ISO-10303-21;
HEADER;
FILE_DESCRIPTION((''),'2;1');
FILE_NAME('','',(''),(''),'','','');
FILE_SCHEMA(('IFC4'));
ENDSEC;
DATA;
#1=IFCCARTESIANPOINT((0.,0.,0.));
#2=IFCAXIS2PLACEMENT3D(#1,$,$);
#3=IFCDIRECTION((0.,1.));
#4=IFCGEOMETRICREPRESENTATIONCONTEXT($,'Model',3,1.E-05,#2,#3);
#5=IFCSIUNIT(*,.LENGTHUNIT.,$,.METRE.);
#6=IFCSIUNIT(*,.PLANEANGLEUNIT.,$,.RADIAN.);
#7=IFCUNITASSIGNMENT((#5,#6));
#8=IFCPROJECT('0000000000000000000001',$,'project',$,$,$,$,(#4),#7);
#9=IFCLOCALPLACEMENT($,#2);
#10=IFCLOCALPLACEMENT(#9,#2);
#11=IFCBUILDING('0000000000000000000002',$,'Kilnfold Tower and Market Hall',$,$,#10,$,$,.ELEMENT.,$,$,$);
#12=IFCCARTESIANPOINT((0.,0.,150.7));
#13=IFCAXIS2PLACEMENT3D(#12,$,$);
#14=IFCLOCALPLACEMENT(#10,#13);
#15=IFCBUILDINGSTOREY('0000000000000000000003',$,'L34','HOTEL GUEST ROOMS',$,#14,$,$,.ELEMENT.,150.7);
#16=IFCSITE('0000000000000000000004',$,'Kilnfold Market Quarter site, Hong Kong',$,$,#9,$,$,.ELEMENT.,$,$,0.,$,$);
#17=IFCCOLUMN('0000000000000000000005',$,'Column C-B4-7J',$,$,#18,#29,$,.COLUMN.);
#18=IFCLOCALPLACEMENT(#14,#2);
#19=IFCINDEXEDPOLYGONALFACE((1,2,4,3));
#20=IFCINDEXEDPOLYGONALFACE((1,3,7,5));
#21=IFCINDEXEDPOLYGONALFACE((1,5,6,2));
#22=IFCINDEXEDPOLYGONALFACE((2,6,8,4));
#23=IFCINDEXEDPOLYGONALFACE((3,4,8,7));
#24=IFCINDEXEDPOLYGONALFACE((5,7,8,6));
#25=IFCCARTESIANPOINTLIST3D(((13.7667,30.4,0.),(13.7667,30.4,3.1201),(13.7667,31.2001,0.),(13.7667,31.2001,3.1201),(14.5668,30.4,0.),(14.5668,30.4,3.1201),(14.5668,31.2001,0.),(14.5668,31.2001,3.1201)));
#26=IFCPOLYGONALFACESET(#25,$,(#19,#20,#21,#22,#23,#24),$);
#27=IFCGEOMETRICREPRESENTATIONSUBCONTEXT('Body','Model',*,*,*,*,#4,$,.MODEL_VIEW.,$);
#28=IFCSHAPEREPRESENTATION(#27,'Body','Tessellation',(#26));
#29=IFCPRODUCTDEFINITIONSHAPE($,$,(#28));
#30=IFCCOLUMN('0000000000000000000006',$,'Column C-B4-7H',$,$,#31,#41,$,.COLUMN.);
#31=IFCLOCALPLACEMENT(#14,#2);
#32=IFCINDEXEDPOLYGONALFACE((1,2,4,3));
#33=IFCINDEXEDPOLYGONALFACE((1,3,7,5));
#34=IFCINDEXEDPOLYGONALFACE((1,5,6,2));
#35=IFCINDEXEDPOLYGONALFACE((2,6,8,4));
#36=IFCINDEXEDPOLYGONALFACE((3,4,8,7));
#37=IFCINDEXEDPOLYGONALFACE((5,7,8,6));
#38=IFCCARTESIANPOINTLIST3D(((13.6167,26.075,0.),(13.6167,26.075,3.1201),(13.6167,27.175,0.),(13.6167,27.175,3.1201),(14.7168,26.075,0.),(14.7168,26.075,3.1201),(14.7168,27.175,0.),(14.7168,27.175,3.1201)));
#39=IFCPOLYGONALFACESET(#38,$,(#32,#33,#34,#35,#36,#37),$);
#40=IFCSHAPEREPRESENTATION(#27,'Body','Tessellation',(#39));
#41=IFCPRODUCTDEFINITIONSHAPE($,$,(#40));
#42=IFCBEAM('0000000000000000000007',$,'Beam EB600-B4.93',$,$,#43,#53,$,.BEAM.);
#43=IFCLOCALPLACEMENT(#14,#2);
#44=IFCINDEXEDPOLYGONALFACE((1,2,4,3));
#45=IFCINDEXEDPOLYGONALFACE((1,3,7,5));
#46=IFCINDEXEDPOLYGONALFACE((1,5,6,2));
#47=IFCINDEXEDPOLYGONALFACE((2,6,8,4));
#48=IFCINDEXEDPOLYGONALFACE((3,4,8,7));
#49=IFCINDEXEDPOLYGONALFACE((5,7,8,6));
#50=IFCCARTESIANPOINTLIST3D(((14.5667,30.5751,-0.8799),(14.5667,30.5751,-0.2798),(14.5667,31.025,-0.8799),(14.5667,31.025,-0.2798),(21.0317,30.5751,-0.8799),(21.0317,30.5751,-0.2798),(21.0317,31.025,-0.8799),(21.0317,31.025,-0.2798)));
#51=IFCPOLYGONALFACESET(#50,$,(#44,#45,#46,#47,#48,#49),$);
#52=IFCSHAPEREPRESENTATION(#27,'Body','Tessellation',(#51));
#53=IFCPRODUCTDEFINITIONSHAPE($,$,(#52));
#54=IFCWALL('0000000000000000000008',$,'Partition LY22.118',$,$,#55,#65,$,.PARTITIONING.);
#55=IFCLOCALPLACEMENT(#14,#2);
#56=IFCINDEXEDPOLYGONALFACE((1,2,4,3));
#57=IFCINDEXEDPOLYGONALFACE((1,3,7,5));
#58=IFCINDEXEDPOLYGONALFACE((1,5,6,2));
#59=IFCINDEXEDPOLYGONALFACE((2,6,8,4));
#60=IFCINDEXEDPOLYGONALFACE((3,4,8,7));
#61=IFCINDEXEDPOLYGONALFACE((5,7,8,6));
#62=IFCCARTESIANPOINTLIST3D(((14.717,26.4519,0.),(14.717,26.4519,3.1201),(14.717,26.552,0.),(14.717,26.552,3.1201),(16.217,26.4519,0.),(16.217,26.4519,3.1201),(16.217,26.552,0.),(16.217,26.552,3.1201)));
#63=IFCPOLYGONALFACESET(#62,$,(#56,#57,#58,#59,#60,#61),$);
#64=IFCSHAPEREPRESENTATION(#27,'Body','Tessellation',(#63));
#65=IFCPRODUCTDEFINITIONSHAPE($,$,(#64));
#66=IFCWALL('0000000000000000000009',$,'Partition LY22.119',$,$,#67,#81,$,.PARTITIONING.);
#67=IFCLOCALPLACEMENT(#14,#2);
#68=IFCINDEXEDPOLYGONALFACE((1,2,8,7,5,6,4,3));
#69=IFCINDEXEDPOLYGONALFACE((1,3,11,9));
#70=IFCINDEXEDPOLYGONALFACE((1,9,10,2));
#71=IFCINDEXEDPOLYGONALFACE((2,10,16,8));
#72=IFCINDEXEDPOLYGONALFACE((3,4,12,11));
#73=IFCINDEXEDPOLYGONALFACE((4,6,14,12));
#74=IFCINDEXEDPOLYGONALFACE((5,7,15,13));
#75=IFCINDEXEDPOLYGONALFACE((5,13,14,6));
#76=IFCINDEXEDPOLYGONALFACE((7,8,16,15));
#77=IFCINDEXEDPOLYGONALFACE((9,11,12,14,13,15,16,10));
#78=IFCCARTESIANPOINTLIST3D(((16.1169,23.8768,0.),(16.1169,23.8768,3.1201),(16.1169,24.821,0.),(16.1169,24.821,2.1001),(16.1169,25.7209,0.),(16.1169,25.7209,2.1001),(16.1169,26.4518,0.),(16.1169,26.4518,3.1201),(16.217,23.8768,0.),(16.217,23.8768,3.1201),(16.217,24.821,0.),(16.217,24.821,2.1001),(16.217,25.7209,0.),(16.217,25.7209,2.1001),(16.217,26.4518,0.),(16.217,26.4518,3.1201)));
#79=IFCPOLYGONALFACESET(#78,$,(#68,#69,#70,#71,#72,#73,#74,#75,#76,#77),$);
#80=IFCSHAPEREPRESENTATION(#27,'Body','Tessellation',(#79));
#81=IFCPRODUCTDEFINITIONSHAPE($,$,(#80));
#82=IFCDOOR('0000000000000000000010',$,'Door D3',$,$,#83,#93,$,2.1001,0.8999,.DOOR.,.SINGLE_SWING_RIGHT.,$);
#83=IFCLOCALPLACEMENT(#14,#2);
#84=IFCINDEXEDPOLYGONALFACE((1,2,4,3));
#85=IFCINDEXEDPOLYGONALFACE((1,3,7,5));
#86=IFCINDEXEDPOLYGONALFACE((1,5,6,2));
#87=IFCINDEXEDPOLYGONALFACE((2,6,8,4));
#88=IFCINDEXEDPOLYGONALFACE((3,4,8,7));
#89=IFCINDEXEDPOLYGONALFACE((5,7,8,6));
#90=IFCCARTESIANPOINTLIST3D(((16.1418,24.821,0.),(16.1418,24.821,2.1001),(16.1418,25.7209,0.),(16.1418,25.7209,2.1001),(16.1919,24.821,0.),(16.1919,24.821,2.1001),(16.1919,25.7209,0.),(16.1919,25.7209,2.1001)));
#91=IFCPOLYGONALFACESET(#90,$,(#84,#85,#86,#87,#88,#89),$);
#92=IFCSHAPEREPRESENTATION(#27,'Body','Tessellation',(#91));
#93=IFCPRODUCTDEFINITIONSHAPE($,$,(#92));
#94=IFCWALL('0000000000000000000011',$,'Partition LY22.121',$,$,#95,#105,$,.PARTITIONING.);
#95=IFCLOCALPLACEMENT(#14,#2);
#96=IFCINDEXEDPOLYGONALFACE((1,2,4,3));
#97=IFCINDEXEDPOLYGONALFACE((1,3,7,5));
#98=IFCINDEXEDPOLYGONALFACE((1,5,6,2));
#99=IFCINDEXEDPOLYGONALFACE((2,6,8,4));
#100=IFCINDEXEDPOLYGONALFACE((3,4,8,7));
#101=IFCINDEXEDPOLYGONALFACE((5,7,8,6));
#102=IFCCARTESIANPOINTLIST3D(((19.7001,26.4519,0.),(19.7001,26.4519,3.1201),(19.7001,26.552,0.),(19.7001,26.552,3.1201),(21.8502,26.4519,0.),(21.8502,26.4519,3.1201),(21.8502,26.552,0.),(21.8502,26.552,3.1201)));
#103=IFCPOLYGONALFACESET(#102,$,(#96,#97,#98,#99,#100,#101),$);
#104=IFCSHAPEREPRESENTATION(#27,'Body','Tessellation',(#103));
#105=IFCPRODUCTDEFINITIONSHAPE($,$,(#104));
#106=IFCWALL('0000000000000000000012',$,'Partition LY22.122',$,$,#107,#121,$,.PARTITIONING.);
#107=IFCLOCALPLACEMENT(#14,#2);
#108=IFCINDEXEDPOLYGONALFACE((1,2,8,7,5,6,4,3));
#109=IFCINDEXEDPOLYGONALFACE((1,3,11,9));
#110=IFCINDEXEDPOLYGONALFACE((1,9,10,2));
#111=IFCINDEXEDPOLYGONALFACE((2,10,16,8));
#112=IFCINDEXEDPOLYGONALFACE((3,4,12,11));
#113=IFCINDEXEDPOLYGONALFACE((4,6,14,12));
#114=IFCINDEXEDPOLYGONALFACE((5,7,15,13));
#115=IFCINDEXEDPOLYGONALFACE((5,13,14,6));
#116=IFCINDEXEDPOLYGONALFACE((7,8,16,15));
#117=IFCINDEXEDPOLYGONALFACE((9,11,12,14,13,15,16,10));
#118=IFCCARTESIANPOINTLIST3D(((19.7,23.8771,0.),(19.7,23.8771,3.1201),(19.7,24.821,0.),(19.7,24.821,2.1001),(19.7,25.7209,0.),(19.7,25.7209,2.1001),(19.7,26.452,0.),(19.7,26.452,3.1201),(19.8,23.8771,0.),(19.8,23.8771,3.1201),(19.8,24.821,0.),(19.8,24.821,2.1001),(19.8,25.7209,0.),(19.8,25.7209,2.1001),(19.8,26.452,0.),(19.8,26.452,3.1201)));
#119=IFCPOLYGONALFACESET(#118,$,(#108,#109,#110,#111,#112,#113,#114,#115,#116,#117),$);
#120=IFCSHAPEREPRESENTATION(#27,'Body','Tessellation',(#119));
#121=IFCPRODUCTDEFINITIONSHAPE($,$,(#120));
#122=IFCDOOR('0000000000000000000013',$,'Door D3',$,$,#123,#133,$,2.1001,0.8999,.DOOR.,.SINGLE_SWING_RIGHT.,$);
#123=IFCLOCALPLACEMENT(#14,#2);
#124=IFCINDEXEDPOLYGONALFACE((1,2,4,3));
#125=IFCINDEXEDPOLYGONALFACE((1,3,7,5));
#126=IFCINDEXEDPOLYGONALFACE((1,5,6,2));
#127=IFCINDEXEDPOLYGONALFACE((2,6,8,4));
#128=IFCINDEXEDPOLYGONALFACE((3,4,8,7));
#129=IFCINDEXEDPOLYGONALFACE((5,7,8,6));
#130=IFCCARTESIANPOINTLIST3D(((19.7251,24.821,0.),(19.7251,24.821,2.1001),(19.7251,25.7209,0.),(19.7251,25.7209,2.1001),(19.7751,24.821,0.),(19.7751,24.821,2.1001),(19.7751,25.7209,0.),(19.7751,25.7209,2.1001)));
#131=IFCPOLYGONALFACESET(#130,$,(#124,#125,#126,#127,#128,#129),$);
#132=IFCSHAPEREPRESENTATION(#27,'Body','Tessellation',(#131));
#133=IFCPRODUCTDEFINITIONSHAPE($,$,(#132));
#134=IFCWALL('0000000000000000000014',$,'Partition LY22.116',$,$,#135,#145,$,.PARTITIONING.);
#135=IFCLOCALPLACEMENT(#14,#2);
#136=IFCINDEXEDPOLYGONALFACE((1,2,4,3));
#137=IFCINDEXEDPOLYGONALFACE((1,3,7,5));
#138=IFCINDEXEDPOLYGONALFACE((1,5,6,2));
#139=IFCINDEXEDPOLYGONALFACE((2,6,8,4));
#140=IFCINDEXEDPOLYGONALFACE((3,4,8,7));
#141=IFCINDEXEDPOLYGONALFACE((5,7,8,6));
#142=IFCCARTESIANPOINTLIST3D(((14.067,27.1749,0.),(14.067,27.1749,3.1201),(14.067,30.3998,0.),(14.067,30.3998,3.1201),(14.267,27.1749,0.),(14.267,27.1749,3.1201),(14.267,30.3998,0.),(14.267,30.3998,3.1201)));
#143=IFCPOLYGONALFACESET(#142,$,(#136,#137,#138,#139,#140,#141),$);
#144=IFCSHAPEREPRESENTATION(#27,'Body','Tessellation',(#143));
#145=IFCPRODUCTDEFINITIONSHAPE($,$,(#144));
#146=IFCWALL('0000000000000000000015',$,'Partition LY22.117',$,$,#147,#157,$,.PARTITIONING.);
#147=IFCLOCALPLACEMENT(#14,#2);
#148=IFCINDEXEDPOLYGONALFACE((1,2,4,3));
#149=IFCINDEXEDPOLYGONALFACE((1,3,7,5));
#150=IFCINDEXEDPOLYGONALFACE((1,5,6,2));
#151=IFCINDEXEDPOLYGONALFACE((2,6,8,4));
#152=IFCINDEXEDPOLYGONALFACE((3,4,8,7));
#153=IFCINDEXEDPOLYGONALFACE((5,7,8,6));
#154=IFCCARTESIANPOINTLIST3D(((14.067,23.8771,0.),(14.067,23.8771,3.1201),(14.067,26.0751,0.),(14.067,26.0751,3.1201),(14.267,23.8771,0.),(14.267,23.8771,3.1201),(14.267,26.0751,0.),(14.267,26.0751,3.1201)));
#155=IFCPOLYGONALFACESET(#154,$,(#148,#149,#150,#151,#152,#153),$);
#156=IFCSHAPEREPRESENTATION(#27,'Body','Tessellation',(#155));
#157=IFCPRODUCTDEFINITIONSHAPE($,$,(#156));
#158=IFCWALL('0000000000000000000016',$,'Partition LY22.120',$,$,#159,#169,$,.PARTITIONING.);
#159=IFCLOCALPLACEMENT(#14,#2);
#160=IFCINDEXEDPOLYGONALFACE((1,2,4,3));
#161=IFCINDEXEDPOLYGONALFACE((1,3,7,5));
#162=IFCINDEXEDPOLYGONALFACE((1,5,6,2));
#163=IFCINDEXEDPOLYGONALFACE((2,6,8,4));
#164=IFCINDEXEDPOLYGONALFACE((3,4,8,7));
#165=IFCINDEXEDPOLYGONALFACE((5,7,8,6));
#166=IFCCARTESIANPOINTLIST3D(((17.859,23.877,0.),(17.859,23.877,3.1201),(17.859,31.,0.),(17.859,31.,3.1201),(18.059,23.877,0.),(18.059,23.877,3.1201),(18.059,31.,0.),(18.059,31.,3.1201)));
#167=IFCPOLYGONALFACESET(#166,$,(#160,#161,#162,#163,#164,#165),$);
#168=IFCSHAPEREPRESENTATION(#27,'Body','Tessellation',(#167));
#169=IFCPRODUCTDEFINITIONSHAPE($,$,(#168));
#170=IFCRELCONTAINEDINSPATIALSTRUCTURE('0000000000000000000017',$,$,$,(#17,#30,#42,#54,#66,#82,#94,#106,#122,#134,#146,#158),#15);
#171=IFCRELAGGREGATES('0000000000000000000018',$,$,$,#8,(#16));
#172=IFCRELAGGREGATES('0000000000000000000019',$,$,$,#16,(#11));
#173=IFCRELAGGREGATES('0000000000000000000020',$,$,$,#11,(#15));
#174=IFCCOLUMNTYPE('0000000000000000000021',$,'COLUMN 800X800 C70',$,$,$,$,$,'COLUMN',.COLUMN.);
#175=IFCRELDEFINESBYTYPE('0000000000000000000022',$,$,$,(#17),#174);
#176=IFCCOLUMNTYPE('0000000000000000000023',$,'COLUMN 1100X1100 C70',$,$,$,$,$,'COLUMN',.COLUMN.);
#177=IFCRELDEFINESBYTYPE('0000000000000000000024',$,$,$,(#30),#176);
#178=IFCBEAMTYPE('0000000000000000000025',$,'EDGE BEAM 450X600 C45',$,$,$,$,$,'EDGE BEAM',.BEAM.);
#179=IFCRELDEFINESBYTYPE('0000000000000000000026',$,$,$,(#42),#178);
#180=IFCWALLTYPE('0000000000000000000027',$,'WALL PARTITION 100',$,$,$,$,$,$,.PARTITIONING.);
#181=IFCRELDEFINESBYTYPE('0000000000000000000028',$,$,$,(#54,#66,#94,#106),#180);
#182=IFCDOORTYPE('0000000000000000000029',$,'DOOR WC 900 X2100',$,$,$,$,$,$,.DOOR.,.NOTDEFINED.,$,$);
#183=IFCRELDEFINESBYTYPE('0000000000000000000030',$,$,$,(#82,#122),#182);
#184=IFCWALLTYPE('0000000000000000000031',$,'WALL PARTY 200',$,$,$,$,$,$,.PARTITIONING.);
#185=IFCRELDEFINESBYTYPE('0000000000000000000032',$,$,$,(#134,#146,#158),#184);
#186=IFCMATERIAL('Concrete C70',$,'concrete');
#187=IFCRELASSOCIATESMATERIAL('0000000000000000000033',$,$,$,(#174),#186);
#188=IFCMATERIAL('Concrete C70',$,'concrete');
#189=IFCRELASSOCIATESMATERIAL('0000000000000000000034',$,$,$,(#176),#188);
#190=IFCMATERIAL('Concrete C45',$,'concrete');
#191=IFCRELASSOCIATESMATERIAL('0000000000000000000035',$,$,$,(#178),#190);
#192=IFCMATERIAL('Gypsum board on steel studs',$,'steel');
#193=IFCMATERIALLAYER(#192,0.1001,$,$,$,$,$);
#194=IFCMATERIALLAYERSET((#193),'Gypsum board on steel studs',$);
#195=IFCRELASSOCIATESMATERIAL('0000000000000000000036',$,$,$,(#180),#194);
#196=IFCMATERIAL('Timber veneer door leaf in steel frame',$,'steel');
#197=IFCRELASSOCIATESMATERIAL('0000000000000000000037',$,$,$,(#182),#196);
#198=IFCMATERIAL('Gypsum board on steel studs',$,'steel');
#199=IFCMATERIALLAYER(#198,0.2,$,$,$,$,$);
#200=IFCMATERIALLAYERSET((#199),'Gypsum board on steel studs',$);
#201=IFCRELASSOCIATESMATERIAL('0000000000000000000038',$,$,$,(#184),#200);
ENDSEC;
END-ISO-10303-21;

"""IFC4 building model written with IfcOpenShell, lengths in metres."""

from ifc_helpers import new_model, si_unit, direction, frame, frame_2d, origin, origin_2d, place, context, subcontext, project, spatial, rectangle, extrude, source, transform, mapped, material, layer, layer_set, material_profile, profile_set, type_object, element, fill, save


model = new_model("IFC4")

# Units and contexts
model_context = context("Model", 3, precision=1e-05, world=origin(), true_north=direction((0.0, 1.0)))
body_context = subcontext(model_context, "Body", "Model", "MODEL_VIEW")
ifc_project = project(units=[si_unit("LENGTHUNIT", "METRE"), si_unit("PLANEANGLEUNIT", "RADIAN")], contexts=[model_context])

# Site, building, storey
site_placement = place(None, origin())
site = spatial("IfcSite", under=ifc_project, at=site_placement, Name="Kilnfold Market Quarter site, Hong Kong", CompositionType="ELEMENT", RefElevation=0.0)
building_placement = place(site_placement, origin())
building = spatial("IfcBuilding", under=site, at=building_placement, Name="Kilnfold Tower and Market Hall", CompositionType="ELEMENT")
storey_placement = place(building_placement, frame((0.0, 0.0, 150.7)))
storey = spatial("IfcBuildingStorey", under=building, at=storey_placement, Name="L34", Description="HOTEL GUEST ROOMS", CompositionType="ELEMENT", Elevation=150.7)

# Columns
ifc_material_1 = material(Name="Concrete C70", Category="concrete")
ifc_material_profile_1 = material_profile(ifc_material_1, rectangle(XDim=0.8, YDim=0.8, at=origin_2d()), Name="RC 800x800")
ifc_profile_set_1 = profile_set([ifc_material_profile_1], Name="Concrete C70")
column_type_1 = type_object("IfcColumnType", Name="COLUMN 800X800 C70", ElementType="COLUMN", PredefinedType="COLUMN", material=ifc_profile_set_1)
shared_shape_1 = source(origin(), body_context, "Body", "SweptSolid", [
    extrude(rectangle(XDim=0.8, YDim=0.8, at=origin_2d()), origin(), (0.0, 0.0, 1.0), 3.1201),
])
column_1_placement = place(storey_placement, frame((14.1667, 30.8, 0.0), z_axis=(0.0, 0.0, 1.0), x_axis=(1.0, 0.0, 0.0)))
element("IfcColumn", 1, at=column_1_placement, inside=storey, type_object=column_type_1, Name="Column C-B4-7J", PredefinedType="COLUMN", context=body_context, shape_type="MappedRepresentation", body=[
    mapped(shared_shape_1, transform((0.0, 0.0, 0.0))),
])
ifc_material_2 = material(Name="Concrete C70", Category="concrete")
ifc_material_profile_2 = material_profile(ifc_material_2, rectangle(XDim=1.1001, YDim=1.1001, at=origin_2d()), Name="RC 1100x1100")
ifc_profile_set_2 = profile_set([ifc_material_profile_2], Name="Concrete C70")
column_type_2 = type_object("IfcColumnType", Name="COLUMN 1100X1100 C70", ElementType="COLUMN", PredefinedType="COLUMN", material=ifc_profile_set_2)
shared_shape_2 = source(origin(), body_context, "Body", "SweptSolid", [
    extrude(rectangle(XDim=1.1001, YDim=1.1001, at=origin_2d()), origin(), (0.0, 0.0, 1.0), 3.1201),
])
column_2_placement = place(storey_placement, frame((14.1667, 26.625, 0.0), z_axis=(0.0, 0.0, 1.0), x_axis=(1.0, 0.0, 0.0)))
element("IfcColumn", 2, at=column_2_placement, inside=storey, type_object=column_type_2, Name="Column C-B4-7H", PredefinedType="COLUMN", context=body_context, shape_type="MappedRepresentation", body=[
    mapped(shared_shape_2, transform((0.0, 0.0, 0.0))),
])

# Beam
ifc_material_3 = material(Name="Concrete C45", Category="concrete")
ifc_material_profile_3 = material_profile(ifc_material_3, rectangle(XDim=0.45, YDim=0.6001, at=origin_2d()), Name="RC 450x600")
ifc_profile_set_3 = profile_set([ifc_material_profile_3], Name="Concrete C45")
beam_type = type_object("IfcBeamType", Name="EDGE BEAM 450X600 C45", ElementType="EDGE BEAM", PredefinedType="BEAM", material=ifc_profile_set_3)
shared_shape_3 = source(origin(), body_context, "Body", "SweptSolid", [
    extrude(rectangle(XDim=0.45, YDim=0.6001, at=origin_2d()), origin(), (0.0, 0.0, 1.0), 6.4651),
])
beam_placement = place(storey_placement, frame((14.5667, 30.8, -0.5798), z_axis=(1.0, 0.0, 0.0), x_axis=(0.0, 1.0, 0.0)))
element("IfcBeam", 3, at=beam_placement, inside=storey, type_object=beam_type, Name="Beam EB600-B4.93", PredefinedType="BEAM", context=body_context, shape_type="MappedRepresentation", body=[
    mapped(shared_shape_3, transform((0.0, 0.0, 0.0))),
])

# Wall
ifc_material_4 = material(Name="Gypsum board on steel studs", Category="steel")
ifc_layer_1 = layer(ifc_material_4, 0.1001)
ifc_layer_set_1 = layer_set([ifc_layer_1], Name="Gypsum board on steel studs")
wall_type_1 = type_object("IfcWallType", Name="WALL PARTITION 100", PredefinedType="PARTITIONING", material=ifc_layer_set_1)
wall_1_placement = place(storey_placement, frame((14.717, 26.502, 0.0), z_axis=(0.0, 0.0, 1.0), x_axis=(1.0, 0.0, 0.0)))
element("IfcWall", 4, at=wall_1_placement, inside=storey, type_object=wall_type_1, Name="Partition LY22.118", PredefinedType="PARTITIONING", context=body_context, shape_type="SweptSolid", body=[
    extrude(rectangle(XDim=1.5, YDim=0.1001, at=frame_2d((0.75, 0.0))), origin(), (0.0, 0.0, 1.0), 3.1201),
])

# Wall, opening, door
wall_2_placement = place(storey_placement, frame((16.167, 26.4519, 0.0), z_axis=(0.0, 0.0, 1.0), x_axis=(0.0, -1.0, 0.0)))
wall_2 = element("IfcWall", 5, at=wall_2_placement, inside=storey, type_object=wall_type_1, Name="Partition LY22.119", PredefinedType="PARTITIONING", context=body_context, shape_type="SweptSolid", body=[
    extrude(rectangle(XDim=2.575, YDim=0.1001, at=frame_2d((1.2876, 0.0))), origin(), (0.0, 0.0, 1.0), 3.1201),
])
opening_1_placement = place(wall_2_placement, frame((0.731, 0.0, 0.0)))
opening_1 = element("IfcOpeningElement", 6, at=opening_1_placement, cuts=wall_2, PredefinedType="OPENING", context=body_context, shape_type="SweptSolid", body=[
    extrude(rectangle(XDim=0.8999, YDim=2.1001, at=frame_2d((0.45, 1.05))), frame((0.0, 0.0601, 0.0), z_axis=(0.0, -1.0, 0.0), x_axis=(1.0, 0.0, 0.0)), (0.0, 0.0, 1.0), 0.1201),
])
ifc_material_5 = material(Name="Timber veneer door leaf in steel frame", Category="steel")
door_type = type_object("IfcDoorType", Name="DOOR WC 900 X2100", OperationType="NOTDEFINED", PredefinedType="DOOR", material=ifc_material_5)
door_1_placement = place(opening_1_placement, origin())
door_1 = element("IfcDoor", 7, at=door_1_placement, inside=storey, type_object=door_type, Name="Door D3", OperationType="SINGLE_SWING_RIGHT", OverallHeight=2.1001, OverallWidth=0.8999, PredefinedType="DOOR", context=body_context, shape_type="SweptSolid", body=[
    extrude(rectangle(XDim=0.8999, YDim=2.1001, at=frame_2d((0.45, 1.05))), frame((0.0, 0.0249, 0.0), z_axis=(0.0, -1.0, 0.0), x_axis=(1.0, 0.0, 0.0)), (0.0, 0.0, 1.0), 0.05),
])
fill(opening_1, door_1)

# Wall
wall_3_placement = place(storey_placement, frame((19.7, 26.502, 0.0), z_axis=(0.0, 0.0, 1.0), x_axis=(1.0, 0.0, 0.0)))
element("IfcWall", 8, at=wall_3_placement, inside=storey, type_object=wall_type_1, Name="Partition LY22.121", PredefinedType="PARTITIONING", context=body_context, shape_type="SweptSolid", body=[
    extrude(rectangle(XDim=2.1501, YDim=0.1001, at=frame_2d((1.0752, 0.0))), origin(), (0.0, 0.0, 1.0), 3.1201),
])

# Wall, opening, door
wall_4_placement = place(storey_placement, frame((19.75, 23.877, 0.0), z_axis=(0.0, 0.0, 1.0), x_axis=(0.0, 1.0, 0.0)))
wall_4 = element("IfcWall", 9, at=wall_4_placement, inside=storey, type_object=wall_type_1, Name="Partition LY22.122", PredefinedType="PARTITIONING", context=body_context, shape_type="SweptSolid", body=[
    extrude(rectangle(XDim=2.575, YDim=0.1001, at=frame_2d((1.2876, 0.0))), origin(), (0.0, 0.0, 1.0), 3.1201),
])
opening_2_placement = place(wall_4_placement, frame((0.9441, 0.0, 0.0)))
opening_2 = element("IfcOpeningElement", 10, at=opening_2_placement, cuts=wall_4, PredefinedType="OPENING", context=body_context, shape_type="SweptSolid", body=[
    extrude(rectangle(XDim=0.8999, YDim=2.1001, at=frame_2d((0.45, 1.05))), frame((0.0, 0.0601, 0.0), z_axis=(0.0, -1.0, 0.0), x_axis=(1.0, 0.0, 0.0)), (0.0, 0.0, 1.0), 0.1201),
])
door_2_placement = place(opening_2_placement, origin())
door_2 = element("IfcDoor", 11, at=door_2_placement, inside=storey, type_object=door_type, Name="Door D3", OperationType="SINGLE_SWING_RIGHT", OverallHeight=2.1001, OverallWidth=0.8999, PredefinedType="DOOR", context=body_context, shape_type="SweptSolid", body=[
    extrude(rectangle(XDim=0.8999, YDim=2.1001, at=frame_2d((0.45, 1.05))), frame((0.0, 0.0249, 0.0), z_axis=(0.0, -1.0, 0.0), x_axis=(1.0, 0.0, 0.0)), (0.0, 0.0, 1.0), 0.05),
])
fill(opening_2, door_2)

# Walls
ifc_material_6 = material(Name="Gypsum board on steel studs", Category="steel")
ifc_layer_2 = layer(ifc_material_6, 0.2)
ifc_layer_set_2 = layer_set([ifc_layer_2], Name="Gypsum board on steel studs")
wall_type_2 = type_object("IfcWallType", Name="WALL PARTY 200", PredefinedType="PARTITIONING", material=ifc_layer_set_2)
wall_5_placement = place(storey_placement, frame((14.167, 27.175, 0.0), z_axis=(0.0, 0.0, 1.0), x_axis=(0.0, 1.0, 0.0)))
element("IfcWall", 12, at=wall_5_placement, inside=storey, type_object=wall_type_2, Name="Partition LY22.116", PredefinedType="PARTITIONING", context=body_context, shape_type="SweptSolid", body=[
    extrude(rectangle(XDim=3.2249, YDim=0.2, at=frame_2d((1.6123, 0.0))), origin(), (0.0, 0.0, 1.0), 3.1201),
])
wall_6_placement = place(storey_placement, frame((14.167, 23.877, 0.0), z_axis=(0.0, 0.0, 1.0), x_axis=(0.0, 1.0, 0.0)))
element("IfcWall", 13, at=wall_6_placement, inside=storey, type_object=wall_type_2, Name="Partition LY22.117", PredefinedType="PARTITIONING", context=body_context, shape_type="SweptSolid", body=[
    extrude(rectangle(XDim=2.198, YDim=0.2, at=frame_2d((1.0991, 0.0))), origin(), (0.0, 0.0, 1.0), 3.1201),
])
wall_7_placement = place(storey_placement, frame((17.959, 23.877, 0.0), z_axis=(0.0, 0.0, 1.0), x_axis=(0.0, 1.0, 0.0)))
element("IfcWall", 14, at=wall_7_placement, inside=storey, type_object=wall_type_2, Name="Partition LY22.120", PredefinedType="PARTITIONING", context=body_context, shape_type="SweptSolid", body=[
    extrude(rectangle(XDim=7.123, YDim=0.2, at=frame_2d((3.5615, 0.0))), origin(), (0.0, 0.0, 1.0), 3.1201),
])

save(model, "model.ifc")
